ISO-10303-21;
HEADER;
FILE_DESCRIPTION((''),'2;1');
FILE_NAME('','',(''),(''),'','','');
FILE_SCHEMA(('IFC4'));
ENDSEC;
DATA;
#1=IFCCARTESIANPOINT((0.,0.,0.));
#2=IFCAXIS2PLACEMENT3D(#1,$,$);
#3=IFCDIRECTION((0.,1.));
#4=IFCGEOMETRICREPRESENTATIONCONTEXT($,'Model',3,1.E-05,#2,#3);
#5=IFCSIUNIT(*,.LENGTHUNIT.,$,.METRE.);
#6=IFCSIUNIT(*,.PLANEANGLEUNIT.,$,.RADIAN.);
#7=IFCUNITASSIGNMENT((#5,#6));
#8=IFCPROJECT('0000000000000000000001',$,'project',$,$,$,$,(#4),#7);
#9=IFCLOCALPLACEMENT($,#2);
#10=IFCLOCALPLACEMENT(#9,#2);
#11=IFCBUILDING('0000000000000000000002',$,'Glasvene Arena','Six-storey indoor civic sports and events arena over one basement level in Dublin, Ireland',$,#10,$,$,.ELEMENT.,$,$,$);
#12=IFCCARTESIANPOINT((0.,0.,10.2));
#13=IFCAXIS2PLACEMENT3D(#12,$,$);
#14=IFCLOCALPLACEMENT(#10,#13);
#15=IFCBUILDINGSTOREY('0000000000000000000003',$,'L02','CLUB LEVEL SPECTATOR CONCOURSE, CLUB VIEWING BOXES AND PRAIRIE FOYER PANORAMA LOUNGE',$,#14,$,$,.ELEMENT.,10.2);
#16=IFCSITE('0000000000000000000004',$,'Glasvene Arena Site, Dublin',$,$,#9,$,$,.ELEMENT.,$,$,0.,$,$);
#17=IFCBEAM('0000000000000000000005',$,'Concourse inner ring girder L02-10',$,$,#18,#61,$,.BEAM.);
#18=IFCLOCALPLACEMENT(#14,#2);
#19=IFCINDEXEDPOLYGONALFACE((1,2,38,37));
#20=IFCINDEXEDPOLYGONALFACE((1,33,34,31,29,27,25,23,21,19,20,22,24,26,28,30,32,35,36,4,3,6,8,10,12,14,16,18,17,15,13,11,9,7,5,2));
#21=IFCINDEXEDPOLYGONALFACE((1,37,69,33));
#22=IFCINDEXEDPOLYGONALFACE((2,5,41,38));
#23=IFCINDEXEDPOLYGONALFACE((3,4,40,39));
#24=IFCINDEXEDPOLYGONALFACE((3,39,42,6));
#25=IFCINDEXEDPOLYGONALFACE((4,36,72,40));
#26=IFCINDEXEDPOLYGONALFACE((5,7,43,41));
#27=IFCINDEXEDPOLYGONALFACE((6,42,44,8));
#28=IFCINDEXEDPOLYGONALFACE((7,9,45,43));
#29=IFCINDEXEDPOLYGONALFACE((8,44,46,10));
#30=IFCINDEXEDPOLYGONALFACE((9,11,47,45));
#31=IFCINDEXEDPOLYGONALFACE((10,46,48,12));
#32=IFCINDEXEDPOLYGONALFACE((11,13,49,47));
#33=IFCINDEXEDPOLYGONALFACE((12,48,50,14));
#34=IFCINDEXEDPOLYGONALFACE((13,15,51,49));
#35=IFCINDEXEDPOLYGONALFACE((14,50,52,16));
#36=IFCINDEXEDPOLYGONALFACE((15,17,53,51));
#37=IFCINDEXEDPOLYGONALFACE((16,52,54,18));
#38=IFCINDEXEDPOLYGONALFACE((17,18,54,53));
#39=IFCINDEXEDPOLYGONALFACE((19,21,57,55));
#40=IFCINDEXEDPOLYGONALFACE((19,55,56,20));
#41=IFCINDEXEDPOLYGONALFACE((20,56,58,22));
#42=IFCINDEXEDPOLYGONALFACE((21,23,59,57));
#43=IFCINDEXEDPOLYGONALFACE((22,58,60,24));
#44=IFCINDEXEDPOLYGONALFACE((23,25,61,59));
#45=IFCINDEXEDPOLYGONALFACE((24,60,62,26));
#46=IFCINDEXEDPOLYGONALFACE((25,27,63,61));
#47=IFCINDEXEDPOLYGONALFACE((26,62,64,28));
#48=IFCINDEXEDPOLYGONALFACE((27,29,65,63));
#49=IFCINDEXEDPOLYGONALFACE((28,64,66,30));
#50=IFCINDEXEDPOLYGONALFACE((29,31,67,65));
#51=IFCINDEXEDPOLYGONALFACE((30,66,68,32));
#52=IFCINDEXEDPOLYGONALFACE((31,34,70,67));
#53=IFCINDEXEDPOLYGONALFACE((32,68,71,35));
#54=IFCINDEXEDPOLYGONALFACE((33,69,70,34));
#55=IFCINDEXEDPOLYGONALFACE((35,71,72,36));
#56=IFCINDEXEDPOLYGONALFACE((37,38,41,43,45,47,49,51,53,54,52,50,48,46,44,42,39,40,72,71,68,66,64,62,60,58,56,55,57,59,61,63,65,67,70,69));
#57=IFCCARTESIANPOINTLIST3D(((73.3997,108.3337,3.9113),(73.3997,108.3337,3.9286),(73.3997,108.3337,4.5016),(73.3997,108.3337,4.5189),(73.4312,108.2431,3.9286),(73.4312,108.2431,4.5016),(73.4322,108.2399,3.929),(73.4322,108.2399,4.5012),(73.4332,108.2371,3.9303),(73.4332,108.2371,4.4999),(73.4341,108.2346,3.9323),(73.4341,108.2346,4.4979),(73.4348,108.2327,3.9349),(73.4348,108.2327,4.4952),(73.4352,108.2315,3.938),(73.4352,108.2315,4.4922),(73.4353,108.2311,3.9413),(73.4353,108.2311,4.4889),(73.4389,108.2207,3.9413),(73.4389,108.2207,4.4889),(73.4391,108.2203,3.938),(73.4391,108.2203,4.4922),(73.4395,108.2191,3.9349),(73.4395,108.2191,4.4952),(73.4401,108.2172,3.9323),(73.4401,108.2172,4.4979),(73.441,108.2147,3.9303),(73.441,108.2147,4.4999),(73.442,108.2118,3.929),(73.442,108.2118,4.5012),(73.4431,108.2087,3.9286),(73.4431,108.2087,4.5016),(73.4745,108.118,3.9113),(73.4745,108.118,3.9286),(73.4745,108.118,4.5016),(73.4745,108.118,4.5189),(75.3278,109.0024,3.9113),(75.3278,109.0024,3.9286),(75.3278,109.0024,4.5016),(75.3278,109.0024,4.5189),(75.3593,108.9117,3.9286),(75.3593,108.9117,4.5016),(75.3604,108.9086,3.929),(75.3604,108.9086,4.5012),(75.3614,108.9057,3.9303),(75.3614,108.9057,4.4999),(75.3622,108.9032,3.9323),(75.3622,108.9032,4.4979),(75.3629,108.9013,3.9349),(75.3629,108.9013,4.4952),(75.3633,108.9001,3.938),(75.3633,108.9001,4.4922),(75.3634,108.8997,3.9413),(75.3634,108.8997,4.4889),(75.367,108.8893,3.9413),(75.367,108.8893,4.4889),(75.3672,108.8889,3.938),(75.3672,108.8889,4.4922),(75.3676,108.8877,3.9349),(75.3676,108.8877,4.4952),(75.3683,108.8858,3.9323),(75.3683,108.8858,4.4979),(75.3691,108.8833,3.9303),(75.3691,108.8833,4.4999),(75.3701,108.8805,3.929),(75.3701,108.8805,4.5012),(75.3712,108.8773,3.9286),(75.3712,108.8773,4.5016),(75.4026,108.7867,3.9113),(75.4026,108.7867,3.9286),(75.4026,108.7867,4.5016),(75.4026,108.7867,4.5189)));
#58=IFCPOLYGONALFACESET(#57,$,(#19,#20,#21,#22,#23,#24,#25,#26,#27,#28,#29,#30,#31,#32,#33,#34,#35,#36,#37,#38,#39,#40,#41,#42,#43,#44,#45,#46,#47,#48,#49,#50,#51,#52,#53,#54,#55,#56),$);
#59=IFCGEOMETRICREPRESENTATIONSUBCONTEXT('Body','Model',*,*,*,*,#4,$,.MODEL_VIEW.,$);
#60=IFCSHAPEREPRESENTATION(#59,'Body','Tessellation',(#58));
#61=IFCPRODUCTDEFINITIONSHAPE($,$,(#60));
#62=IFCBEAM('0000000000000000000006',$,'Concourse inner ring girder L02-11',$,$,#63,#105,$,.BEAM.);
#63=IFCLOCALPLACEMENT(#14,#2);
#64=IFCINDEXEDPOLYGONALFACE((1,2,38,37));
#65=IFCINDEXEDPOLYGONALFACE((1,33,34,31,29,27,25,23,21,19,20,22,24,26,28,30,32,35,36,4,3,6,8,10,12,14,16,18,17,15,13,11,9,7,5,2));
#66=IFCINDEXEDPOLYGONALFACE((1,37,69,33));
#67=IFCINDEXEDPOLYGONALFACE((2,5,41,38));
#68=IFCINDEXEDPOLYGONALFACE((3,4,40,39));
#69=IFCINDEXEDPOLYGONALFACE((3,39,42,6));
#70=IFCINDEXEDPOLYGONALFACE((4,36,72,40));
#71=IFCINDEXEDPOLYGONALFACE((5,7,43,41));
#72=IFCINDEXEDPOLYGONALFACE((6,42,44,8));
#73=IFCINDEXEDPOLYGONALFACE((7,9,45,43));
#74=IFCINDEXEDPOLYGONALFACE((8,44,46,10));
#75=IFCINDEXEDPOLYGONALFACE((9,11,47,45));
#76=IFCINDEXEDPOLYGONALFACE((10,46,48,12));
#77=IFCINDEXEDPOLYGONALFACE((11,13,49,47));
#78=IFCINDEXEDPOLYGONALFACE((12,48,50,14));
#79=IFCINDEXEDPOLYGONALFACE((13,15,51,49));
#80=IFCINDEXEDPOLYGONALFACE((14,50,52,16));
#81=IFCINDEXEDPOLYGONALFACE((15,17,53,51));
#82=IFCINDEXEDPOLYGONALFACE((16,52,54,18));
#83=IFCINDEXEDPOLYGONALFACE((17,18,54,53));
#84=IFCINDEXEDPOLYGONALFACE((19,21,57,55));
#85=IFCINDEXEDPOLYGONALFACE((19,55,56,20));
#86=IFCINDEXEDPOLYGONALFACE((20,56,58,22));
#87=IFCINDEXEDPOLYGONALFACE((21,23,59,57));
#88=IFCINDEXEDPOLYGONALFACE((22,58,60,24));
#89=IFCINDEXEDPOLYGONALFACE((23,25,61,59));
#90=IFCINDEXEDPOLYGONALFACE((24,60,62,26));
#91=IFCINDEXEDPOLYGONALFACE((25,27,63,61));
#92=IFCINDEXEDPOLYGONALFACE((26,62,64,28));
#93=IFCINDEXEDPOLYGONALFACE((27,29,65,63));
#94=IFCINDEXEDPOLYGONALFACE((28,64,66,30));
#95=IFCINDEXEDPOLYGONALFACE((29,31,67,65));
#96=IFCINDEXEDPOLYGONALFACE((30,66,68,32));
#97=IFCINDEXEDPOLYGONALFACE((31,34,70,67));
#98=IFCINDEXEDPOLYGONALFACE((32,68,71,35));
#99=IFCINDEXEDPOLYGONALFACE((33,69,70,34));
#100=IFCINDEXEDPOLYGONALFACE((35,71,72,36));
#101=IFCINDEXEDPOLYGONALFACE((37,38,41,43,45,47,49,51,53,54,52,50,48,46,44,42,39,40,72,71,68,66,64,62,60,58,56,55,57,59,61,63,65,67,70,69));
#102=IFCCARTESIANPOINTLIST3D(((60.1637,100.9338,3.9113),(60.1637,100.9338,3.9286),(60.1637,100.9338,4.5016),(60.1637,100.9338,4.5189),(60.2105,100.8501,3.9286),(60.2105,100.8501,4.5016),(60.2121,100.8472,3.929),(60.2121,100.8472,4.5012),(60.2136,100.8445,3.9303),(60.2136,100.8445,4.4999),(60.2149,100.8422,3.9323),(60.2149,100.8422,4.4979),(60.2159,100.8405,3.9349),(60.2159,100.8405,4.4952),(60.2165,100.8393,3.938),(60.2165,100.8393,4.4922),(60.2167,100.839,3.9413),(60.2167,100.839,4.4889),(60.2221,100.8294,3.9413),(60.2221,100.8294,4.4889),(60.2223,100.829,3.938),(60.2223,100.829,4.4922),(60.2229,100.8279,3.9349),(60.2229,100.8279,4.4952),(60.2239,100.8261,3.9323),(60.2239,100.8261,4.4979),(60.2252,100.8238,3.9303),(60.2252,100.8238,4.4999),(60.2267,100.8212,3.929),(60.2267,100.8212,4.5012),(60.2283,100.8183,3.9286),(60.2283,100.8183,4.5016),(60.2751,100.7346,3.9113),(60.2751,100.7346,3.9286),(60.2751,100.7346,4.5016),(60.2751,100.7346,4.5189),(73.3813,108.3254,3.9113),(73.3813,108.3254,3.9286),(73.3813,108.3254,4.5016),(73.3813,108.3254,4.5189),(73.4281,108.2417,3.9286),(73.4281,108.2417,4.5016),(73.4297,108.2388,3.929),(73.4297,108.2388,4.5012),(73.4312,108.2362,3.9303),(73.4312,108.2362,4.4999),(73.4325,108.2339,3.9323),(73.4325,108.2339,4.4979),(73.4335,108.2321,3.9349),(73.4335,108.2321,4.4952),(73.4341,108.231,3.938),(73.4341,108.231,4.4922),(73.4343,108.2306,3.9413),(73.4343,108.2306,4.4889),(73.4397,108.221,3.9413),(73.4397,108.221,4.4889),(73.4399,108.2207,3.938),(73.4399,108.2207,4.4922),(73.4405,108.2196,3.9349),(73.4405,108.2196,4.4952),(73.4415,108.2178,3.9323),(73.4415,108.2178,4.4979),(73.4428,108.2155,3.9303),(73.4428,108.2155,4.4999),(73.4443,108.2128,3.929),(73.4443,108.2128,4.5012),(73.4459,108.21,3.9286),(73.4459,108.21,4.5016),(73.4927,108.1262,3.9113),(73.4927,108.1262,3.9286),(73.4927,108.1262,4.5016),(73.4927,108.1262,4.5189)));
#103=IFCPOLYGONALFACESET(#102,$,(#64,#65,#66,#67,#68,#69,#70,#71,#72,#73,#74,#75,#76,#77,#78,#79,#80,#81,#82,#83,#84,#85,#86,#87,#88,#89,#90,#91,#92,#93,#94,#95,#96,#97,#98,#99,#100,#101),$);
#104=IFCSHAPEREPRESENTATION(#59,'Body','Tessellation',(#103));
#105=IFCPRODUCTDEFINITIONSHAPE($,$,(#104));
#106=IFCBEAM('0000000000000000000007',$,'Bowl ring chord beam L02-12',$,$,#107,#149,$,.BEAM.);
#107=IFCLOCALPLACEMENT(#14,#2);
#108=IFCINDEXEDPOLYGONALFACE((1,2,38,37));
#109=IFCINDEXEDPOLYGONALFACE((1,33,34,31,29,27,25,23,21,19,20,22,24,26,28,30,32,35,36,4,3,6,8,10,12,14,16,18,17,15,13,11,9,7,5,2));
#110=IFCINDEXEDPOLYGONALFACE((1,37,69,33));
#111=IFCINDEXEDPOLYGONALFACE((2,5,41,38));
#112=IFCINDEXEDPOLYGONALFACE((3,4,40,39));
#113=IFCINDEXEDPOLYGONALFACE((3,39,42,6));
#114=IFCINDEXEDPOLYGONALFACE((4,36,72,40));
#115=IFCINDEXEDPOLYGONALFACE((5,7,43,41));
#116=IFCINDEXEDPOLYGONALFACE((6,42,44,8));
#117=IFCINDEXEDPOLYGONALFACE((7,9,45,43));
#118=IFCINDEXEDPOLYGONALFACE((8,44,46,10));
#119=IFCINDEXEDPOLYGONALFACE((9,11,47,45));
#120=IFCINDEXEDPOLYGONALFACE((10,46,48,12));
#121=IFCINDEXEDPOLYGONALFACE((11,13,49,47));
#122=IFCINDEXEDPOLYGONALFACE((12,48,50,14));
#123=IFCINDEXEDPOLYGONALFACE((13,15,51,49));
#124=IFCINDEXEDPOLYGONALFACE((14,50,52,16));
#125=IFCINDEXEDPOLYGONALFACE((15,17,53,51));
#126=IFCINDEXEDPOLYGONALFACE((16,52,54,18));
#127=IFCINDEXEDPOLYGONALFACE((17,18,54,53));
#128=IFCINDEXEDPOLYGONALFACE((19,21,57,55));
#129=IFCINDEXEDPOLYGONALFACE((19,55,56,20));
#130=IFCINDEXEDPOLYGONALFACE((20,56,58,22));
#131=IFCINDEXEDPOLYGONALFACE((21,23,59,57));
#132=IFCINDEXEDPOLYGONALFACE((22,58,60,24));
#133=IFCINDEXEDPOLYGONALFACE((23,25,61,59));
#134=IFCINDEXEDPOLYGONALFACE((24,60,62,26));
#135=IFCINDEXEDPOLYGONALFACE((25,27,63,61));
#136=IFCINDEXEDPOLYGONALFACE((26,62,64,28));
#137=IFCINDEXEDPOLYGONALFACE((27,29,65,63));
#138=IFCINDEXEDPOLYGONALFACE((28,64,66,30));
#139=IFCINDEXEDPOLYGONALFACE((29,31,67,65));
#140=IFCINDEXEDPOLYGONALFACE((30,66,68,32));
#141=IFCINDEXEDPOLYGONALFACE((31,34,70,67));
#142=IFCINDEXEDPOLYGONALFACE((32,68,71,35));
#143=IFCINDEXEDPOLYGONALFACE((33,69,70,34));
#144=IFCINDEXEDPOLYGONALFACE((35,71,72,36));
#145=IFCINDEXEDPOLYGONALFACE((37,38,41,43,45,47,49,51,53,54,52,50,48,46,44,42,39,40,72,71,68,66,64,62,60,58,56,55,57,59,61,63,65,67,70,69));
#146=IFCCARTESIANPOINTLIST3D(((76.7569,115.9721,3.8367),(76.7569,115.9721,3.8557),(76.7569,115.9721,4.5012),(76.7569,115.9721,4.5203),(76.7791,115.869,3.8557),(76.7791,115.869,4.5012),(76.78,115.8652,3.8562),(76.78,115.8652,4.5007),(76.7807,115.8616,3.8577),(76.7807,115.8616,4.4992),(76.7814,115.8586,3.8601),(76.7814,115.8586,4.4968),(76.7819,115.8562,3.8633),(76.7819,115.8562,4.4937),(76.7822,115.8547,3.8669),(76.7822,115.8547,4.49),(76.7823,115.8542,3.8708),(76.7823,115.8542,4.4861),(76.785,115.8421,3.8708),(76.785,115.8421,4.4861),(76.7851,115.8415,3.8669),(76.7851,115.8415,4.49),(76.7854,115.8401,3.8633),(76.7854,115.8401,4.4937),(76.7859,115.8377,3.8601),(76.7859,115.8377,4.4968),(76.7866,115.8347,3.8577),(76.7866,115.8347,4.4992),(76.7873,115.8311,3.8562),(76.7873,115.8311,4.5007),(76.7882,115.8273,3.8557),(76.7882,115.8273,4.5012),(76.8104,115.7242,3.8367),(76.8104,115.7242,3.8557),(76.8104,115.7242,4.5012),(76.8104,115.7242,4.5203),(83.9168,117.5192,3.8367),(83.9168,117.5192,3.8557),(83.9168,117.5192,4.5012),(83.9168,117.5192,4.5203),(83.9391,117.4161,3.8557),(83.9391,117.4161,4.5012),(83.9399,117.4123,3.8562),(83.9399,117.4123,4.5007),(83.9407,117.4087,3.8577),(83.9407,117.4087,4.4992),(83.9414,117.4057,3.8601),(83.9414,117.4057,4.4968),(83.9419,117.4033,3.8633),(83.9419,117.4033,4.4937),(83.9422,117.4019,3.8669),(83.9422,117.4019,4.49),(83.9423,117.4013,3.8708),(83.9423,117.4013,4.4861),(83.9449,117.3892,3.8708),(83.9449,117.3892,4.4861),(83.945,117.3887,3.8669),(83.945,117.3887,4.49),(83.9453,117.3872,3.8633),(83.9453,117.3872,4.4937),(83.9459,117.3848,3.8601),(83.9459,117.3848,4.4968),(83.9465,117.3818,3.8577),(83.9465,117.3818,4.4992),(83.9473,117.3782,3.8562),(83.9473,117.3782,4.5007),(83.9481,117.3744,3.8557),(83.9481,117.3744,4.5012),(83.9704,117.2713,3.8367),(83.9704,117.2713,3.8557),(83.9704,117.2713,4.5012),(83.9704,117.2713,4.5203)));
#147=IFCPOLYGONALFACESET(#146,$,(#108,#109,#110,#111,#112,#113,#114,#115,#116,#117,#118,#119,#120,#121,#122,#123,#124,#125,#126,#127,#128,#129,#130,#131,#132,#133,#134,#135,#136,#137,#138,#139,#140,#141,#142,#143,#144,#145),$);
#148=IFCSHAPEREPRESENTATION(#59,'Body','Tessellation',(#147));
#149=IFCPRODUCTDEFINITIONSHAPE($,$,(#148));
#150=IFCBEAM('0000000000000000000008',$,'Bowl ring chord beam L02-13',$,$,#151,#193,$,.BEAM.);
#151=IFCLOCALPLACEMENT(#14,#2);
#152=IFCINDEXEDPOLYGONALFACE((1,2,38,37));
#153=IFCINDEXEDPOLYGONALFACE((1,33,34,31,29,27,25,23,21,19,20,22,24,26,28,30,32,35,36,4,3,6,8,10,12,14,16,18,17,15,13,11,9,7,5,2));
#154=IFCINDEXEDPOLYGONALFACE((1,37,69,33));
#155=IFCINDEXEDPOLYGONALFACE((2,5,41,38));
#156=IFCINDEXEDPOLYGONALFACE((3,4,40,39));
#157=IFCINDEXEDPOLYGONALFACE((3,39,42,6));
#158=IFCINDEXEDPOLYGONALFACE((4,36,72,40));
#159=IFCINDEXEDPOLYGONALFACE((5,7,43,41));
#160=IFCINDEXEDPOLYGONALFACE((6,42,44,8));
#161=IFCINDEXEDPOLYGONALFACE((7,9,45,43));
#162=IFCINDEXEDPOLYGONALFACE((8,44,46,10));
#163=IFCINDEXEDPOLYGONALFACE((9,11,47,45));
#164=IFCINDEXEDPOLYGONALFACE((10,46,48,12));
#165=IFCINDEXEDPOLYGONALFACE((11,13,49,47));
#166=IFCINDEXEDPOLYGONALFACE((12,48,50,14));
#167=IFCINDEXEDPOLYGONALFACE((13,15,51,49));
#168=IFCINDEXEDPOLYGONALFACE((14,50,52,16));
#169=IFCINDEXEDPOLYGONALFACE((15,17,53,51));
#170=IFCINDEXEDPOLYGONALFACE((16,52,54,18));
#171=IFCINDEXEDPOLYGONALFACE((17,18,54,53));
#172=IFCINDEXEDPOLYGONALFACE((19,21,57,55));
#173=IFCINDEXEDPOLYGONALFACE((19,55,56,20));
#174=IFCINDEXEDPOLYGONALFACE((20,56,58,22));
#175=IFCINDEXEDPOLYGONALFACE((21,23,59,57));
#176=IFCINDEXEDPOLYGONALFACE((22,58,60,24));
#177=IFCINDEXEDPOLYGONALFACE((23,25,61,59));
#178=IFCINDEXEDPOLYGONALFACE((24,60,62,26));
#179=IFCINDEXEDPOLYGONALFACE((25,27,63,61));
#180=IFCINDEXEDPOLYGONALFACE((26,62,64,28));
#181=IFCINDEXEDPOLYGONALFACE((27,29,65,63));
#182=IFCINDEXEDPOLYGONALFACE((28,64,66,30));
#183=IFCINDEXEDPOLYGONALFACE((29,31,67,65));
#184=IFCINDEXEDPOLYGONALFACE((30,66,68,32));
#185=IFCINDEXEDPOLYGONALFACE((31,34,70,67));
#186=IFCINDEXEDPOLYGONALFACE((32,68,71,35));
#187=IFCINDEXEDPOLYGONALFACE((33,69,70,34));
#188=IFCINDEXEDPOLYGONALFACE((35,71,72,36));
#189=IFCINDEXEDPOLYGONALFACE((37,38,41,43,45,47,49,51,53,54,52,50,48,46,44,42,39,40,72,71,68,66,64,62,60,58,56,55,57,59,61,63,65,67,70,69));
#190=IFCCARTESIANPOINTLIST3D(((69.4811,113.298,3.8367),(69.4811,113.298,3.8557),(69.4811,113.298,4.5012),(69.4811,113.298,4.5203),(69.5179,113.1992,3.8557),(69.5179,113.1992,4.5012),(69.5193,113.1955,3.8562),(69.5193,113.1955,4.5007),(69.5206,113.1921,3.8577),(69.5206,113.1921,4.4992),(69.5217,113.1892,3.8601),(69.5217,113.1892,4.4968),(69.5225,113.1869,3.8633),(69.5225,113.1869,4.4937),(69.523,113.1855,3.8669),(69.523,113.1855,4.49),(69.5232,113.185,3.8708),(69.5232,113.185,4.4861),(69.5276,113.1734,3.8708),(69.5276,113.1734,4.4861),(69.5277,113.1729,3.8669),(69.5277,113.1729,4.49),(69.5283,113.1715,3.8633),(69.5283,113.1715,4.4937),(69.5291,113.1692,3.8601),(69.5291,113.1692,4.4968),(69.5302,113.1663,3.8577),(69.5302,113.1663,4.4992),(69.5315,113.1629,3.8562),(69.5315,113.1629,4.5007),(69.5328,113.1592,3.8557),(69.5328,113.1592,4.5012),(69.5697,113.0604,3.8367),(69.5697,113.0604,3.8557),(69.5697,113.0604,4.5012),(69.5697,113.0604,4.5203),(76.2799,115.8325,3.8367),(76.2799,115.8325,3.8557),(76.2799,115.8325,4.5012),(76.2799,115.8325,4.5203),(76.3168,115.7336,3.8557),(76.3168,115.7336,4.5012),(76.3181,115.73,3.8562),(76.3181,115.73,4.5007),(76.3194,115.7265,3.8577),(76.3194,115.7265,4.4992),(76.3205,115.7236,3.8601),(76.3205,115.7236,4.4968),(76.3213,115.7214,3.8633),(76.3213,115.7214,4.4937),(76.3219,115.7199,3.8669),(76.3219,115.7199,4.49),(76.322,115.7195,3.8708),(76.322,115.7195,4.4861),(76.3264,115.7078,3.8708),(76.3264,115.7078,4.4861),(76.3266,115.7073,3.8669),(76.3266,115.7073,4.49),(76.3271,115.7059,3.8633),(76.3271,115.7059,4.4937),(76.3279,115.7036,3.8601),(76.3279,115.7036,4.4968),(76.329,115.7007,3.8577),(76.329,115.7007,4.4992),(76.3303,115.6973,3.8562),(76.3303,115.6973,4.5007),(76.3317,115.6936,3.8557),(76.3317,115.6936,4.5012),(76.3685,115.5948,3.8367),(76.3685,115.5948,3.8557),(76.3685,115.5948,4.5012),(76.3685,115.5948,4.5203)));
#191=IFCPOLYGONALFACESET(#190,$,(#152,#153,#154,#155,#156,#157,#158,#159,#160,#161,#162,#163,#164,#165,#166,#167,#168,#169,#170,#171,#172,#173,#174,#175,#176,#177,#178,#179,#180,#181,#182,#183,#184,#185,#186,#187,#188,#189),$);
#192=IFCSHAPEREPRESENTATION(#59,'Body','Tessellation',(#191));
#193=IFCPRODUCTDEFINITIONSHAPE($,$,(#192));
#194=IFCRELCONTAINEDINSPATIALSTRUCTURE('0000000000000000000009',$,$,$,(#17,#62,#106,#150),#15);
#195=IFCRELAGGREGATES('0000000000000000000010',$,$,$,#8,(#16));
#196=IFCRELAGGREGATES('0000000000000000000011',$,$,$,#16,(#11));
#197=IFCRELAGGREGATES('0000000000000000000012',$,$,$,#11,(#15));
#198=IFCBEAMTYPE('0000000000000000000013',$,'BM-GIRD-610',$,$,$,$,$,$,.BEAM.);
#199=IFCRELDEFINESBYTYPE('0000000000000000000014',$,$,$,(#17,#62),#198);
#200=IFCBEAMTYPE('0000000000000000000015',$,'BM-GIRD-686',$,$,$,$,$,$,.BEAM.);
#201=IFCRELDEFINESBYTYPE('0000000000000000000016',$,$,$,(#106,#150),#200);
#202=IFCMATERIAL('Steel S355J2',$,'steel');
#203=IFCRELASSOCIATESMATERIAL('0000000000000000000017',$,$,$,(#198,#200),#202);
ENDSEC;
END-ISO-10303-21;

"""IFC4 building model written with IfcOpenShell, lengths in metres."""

from ifc_helpers import new_model, si_unit, direction, frame, origin, origin_2d, place, context, subcontext, project, spatial, i_section, extrude, material, material_profile, profile_set, type_object, element, save


model = new_model("IFC4")

# Units and contexts
model_context = context("Model", 3, precision=1e-05, world=origin(), true_north=direction((0.0, 1.0)))
body_context = subcontext(model_context, "Body", "Model", "MODEL_VIEW")
ifc_project = project(units=[si_unit("LENGTHUNIT", "METRE"), si_unit("PLANEANGLEUNIT", "RADIAN")], contexts=[model_context])

# Site, building, storey
site_placement = place(None, origin())
site = spatial("IfcSite", under=ifc_project, at=site_placement, Name="Glasvene Arena Site, Dublin", CompositionType="ELEMENT", RefElevation=0.0)
building_placement = place(site_placement, origin())
building = spatial("IfcBuilding", under=site, at=building_placement, Name="Glasvene Arena", Description="Six-storey indoor civic sports and events arena over one basement level in Dublin, Ireland", CompositionType="ELEMENT")
storey_placement = place(building_placement, frame((0.0, 0.0, 10.2)))
storey = spatial("IfcBuildingStorey", under=building, at=storey_placement, Name="L02", Description="CLUB LEVEL SPECTATOR CONCOURSE, CLUB VIEWING BOXES AND PRAIRIE FOYER PANORAMA LOUNGE", CompositionType="ELEMENT", Elevation=10.2)

# Shared definitions
ifc_material_1 = material(Name="Steel S355J2", Category="steel")

# Beams
ifc_material_profile_1 = material_profile(ifc_material_1, i_section(OverallWidth=0.2283, OverallDepth=0.6077, WebThickness=0.011, FlangeThickness=0.0173, FilletRadius=0.0127, at=origin_2d()), Name="UKB 610x229x113")
ifc_profile_set_1 = profile_set([ifc_material_profile_1], Name="Steel S355J2")
beam_type_1 = type_object("IfcBeamType", Name="BM-GIRD-610", PredefinedType="BEAM", material=ifc_profile_set_1)
beam_1_placement = place(storey_placement, frame((75.3652, 108.8945, 4.2151), z_axis=(-0.944798, -0.327653, 0.0), x_axis=(0.327653, -0.944798, 0.0)))
element("IfcBeam", 1, at=beam_1_placement, inside=storey, type_object=beam_type_1, Name="Concourse inner ring girder L02-10", PredefinedType="BEAM", context=body_context, shape_type="SweptSolid", body=[
    extrude(i_section(OverallWidth=0.2283, OverallDepth=0.6077, WebThickness=0.011, FlangeThickness=0.0173, FilletRadius=0.0127, at=origin_2d()), origin(), (0.0, 0.0, 1.0), 2.0408),
])
beam_2_placement = place(storey_placement, frame((73.437, 108.2258, 4.2151), z_axis=(-0.872793, -0.48809, 0.0), x_axis=(0.48809, -0.872793, 0.0)))
element("IfcBeam", 2, at=beam_2_placement, inside=storey, type_object=beam_type_1, Name="Concourse inner ring girder L02-11", PredefinedType="BEAM", context=body_context, shape_type="SweptSolid", body=[
    extrude(i_section(OverallWidth=0.2283, OverallDepth=0.6077, WebThickness=0.011, FlangeThickness=0.0173, FilletRadius=0.0127, at=origin_2d()), origin(), (0.0, 0.0, 1.0), 15.144),
])
ifc_material_profile_2 = material_profile(ifc_material_1, i_section(OverallWidth=0.2537, OverallDepth=0.6836, WebThickness=0.0125, FlangeThickness=0.019, FilletRadius=0.0151, at=origin_2d()), Name="UKB 686x254x140")
ifc_profile_set_2 = profile_set([ifc_material_profile_2], Name="Steel S355J2")
beam_type_2 = type_object("IfcBeamType", Name="BM-GIRD-686", PredefinedType="BEAM", material=ifc_profile_set_2)
beam_3_placement = place(storey_placement, frame((83.9436, 117.3953, 4.1785), z_axis=(-0.977442, -0.211206, 0.0), x_axis=(0.211206, -0.977442, 0.0)))
element("IfcBeam", 3, at=beam_3_placement, inside=storey, type_object=beam_type_2, Name="Bowl ring chord beam L02-12", PredefinedType="BEAM", context=body_context, shape_type="SweptSolid", body=[
    extrude(i_section(OverallWidth=0.2537, OverallDepth=0.6836, WebThickness=0.0125, FlangeThickness=0.019, FilletRadius=0.0151, at=origin_2d()), origin(), (0.0, 0.0, 1.0), 7.3252),
])
beam_4_placement = place(storey_placement, frame((76.3242, 115.7136, 4.1785), z_axis=(-0.937013, -0.349294, 0.0), x_axis=(0.349294, -0.937013, 0.0)))
element("IfcBeam", 4, at=beam_4_placement, inside=storey, type_object=beam_type_2, Name="Bowl ring chord beam L02-13", PredefinedType="BEAM", context=body_context, shape_type="SweptSolid", body=[
    extrude(i_section(OverallWidth=0.2537, OverallDepth=0.6836, WebThickness=0.0125, FlangeThickness=0.019, FilletRadius=0.0151, at=origin_2d()), origin(), (0.0, 0.0, 1.0), 7.2559),
])

save(model, "model.ifc")
